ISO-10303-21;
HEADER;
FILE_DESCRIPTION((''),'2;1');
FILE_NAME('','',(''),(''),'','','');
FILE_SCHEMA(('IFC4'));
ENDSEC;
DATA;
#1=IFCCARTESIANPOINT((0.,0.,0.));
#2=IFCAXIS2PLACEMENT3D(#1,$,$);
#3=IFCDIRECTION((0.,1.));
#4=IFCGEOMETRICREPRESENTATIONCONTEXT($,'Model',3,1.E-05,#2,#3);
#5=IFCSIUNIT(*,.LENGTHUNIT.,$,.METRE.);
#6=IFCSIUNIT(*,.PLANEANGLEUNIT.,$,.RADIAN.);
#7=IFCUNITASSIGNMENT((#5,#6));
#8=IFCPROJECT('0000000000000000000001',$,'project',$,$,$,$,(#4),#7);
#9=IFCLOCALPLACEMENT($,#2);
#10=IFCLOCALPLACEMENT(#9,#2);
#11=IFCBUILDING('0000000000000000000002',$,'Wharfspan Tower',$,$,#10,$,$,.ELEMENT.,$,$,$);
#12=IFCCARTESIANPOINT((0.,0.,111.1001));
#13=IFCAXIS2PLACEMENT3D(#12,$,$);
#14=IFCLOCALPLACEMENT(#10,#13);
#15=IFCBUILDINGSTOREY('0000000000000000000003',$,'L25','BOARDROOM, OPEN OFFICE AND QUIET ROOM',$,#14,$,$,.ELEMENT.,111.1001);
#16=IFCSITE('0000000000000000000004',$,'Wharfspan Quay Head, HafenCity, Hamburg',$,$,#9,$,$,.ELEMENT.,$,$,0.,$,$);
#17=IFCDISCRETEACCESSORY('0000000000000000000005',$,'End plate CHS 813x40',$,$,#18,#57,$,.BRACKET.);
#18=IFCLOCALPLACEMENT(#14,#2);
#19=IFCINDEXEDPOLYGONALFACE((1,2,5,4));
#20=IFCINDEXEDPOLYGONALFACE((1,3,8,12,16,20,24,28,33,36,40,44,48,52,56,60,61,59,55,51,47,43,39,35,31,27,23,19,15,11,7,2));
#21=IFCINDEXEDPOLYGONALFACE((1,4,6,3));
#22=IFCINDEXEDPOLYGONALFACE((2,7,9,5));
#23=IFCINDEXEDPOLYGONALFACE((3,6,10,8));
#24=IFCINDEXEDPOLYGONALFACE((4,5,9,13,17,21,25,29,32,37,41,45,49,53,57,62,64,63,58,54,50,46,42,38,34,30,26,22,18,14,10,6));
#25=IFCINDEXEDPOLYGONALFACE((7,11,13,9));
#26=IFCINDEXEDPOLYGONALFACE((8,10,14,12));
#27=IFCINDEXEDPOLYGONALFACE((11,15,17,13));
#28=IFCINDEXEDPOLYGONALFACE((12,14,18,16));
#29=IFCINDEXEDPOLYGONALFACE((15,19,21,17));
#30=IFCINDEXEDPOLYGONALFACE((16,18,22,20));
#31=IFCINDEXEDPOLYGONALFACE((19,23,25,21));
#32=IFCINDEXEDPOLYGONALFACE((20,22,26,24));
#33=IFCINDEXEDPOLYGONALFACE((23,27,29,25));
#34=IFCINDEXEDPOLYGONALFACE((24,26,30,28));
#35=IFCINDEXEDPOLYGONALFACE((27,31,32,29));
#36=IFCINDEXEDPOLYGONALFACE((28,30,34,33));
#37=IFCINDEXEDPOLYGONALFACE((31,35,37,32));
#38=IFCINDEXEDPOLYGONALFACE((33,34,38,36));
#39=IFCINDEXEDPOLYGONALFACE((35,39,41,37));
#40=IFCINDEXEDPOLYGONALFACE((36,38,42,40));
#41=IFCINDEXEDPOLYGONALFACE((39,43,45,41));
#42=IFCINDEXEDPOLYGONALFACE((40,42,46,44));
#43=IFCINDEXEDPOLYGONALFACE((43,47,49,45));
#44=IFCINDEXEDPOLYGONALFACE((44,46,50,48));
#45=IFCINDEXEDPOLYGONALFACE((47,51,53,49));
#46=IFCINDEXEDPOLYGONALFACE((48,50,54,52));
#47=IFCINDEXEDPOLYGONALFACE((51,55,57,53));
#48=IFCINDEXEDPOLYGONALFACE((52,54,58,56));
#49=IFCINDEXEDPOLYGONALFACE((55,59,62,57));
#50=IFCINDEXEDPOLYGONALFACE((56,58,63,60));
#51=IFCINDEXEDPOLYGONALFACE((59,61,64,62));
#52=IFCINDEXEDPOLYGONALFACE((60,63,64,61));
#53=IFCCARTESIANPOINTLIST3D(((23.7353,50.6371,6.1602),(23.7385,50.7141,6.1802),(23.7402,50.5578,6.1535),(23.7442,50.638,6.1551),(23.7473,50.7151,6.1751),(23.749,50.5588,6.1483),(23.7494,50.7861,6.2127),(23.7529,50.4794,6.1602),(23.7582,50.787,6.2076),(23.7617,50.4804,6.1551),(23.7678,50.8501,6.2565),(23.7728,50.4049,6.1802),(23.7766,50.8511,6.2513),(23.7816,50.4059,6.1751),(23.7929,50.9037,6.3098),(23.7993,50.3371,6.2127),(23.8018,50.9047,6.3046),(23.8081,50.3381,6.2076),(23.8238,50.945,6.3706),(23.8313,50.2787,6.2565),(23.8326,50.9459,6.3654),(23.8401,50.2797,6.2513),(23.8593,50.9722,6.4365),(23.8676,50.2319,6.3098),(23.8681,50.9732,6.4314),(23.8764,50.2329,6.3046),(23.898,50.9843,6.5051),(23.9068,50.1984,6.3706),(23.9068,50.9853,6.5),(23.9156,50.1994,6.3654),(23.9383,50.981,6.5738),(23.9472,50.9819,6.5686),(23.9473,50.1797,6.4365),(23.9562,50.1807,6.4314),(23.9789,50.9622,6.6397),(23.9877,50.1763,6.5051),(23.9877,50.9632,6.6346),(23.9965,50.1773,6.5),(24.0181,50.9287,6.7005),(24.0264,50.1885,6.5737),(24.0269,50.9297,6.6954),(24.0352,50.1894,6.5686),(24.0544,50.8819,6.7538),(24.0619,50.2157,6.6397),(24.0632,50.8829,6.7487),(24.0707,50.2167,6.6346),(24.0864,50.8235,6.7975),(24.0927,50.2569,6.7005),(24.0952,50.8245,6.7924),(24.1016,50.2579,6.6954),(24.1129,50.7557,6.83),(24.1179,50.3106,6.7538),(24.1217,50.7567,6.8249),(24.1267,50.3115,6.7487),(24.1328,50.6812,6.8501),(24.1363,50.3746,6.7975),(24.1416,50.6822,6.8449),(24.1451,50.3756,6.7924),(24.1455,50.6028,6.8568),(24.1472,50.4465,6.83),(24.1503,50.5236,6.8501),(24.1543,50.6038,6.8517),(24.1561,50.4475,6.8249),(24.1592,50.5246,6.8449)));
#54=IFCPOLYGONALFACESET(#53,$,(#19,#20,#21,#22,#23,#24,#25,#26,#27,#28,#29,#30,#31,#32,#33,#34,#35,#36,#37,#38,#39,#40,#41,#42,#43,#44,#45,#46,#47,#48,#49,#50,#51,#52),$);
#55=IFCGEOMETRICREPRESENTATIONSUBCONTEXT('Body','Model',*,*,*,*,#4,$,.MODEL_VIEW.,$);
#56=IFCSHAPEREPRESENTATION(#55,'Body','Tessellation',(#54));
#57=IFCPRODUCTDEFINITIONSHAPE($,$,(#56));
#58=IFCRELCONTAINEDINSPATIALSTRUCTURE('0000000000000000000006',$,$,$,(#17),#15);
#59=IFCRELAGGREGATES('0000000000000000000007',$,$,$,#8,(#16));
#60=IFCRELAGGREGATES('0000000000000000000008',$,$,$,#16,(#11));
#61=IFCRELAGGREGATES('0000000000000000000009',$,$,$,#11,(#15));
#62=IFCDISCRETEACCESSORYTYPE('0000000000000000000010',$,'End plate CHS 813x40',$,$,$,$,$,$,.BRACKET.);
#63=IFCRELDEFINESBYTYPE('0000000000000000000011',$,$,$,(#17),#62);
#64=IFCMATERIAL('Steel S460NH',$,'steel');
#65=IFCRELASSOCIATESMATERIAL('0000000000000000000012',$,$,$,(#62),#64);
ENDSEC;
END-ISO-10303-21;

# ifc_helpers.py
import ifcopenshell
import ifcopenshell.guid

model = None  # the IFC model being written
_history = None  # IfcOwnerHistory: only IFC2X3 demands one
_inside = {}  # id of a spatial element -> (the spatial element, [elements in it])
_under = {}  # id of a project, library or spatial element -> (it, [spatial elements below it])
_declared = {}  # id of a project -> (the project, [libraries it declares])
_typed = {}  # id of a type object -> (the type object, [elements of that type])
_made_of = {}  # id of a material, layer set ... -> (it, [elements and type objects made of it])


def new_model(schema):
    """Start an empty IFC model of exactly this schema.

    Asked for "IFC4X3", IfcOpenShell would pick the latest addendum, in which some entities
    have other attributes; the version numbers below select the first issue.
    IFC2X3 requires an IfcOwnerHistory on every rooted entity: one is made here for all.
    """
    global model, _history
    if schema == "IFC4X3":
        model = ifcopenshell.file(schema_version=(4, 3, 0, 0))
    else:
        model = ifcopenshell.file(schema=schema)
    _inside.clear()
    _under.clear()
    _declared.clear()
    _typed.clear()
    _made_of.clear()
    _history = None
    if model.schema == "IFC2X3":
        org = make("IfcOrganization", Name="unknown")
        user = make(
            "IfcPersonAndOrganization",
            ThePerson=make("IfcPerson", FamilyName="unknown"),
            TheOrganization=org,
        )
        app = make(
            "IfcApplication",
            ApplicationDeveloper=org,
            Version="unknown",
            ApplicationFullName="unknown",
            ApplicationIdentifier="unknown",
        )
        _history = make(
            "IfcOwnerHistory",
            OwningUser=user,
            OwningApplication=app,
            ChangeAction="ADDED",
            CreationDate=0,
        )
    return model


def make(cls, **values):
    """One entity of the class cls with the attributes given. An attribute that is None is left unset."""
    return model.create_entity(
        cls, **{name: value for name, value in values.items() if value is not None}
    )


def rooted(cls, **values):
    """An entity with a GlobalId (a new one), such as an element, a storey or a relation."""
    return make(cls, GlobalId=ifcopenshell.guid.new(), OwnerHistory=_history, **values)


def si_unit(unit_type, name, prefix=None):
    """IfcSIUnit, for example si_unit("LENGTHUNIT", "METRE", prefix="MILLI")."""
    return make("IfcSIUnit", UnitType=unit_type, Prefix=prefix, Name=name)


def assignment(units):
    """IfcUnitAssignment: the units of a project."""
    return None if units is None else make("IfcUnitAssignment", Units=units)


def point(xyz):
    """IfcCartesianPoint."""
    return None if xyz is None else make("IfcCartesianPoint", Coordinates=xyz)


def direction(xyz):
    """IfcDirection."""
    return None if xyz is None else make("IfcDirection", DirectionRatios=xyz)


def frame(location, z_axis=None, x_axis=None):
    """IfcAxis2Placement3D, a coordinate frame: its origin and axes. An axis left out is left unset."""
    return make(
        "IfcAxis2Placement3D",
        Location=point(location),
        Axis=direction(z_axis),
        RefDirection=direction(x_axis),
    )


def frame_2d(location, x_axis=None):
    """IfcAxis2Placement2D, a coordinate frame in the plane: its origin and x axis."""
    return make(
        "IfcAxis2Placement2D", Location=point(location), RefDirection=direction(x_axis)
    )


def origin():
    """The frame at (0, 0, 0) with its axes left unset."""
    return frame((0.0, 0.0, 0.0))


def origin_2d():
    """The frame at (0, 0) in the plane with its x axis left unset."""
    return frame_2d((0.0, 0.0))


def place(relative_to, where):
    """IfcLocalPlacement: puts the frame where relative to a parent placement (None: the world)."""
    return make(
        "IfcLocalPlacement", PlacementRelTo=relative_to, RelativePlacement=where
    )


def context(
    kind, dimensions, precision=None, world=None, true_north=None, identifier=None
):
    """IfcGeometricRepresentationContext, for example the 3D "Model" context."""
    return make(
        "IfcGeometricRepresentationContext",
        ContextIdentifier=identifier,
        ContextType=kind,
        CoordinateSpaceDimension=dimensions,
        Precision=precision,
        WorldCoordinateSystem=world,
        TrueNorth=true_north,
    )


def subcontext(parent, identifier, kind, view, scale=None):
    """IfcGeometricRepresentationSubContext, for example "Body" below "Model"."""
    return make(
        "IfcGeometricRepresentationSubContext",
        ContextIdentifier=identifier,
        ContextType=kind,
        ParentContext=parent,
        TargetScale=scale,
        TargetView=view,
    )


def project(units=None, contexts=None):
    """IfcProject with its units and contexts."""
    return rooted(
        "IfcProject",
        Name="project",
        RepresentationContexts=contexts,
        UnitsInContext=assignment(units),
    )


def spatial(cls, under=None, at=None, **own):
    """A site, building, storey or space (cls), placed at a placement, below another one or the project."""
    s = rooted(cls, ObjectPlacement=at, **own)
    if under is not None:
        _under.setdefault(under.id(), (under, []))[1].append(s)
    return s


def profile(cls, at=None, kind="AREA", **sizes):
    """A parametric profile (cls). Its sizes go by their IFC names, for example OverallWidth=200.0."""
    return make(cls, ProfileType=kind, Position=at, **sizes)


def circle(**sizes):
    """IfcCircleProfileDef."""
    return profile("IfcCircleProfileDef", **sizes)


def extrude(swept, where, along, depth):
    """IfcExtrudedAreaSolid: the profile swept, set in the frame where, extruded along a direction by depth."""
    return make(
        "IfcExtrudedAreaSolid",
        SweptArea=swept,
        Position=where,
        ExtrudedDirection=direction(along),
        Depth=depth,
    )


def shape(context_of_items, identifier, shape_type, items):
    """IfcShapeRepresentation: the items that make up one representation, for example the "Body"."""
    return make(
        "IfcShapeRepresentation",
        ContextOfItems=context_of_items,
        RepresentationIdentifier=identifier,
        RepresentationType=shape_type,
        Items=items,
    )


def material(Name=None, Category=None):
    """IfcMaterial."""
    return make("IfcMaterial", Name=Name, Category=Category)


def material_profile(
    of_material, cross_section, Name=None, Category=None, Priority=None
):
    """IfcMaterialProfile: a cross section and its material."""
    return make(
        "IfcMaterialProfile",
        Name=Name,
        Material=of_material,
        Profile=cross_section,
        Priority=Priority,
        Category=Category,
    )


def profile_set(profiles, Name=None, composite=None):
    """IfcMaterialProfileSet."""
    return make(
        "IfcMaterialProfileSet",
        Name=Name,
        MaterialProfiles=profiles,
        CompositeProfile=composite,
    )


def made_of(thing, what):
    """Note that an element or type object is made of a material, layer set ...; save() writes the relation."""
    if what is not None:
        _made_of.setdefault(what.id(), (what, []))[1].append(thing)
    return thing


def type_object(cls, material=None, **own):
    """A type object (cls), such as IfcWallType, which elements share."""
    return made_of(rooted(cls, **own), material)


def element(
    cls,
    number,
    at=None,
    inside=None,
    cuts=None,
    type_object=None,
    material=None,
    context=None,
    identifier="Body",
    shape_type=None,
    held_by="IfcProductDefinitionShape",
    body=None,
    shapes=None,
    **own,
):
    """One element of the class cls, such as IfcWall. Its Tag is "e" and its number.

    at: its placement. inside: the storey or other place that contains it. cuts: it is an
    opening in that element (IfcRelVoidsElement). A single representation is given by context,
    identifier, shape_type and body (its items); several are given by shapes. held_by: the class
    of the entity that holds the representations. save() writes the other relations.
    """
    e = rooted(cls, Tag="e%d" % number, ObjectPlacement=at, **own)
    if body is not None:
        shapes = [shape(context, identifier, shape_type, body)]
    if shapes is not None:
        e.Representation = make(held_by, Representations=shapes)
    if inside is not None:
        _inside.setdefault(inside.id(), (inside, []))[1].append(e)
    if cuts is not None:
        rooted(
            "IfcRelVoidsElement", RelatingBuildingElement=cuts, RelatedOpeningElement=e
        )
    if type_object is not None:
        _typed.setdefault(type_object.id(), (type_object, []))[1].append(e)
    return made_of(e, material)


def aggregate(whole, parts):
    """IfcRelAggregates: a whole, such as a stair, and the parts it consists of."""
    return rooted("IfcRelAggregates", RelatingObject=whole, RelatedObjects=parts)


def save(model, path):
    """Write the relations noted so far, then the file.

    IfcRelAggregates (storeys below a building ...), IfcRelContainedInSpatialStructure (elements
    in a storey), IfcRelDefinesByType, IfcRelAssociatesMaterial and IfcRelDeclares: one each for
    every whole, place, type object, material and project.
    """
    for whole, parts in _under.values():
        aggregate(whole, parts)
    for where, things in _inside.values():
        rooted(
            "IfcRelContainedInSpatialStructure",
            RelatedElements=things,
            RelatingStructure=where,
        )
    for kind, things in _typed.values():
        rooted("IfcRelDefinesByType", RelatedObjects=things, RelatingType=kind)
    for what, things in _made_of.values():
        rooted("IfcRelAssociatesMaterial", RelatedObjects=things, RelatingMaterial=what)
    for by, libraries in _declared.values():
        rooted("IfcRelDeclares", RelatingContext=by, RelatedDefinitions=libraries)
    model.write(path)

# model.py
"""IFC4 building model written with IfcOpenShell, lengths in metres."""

from ifc_helpers import new_model, si_unit, direction, frame, origin, origin_2d, place, context, subcontext, project, spatial, circle, extrude, material, material_profile, profile_set, type_object, element, save


model = new_model("IFC4")

# Units and contexts
model_context = context("Model", 3, precision=1e-05, world=origin(), true_north=direction((0.0, 1.0)))
body_context = subcontext(model_context, "Body", "Model", "MODEL_VIEW")
ifc_project = project(units=[si_unit("LENGTHUNIT", "METRE"), si_unit("PLANEANGLEUNIT", "RADIAN")], contexts=[model_context])

# Site, building, storey
site_placement = place(None, origin())
site = spatial("IfcSite", under=ifc_project, at=site_placement, Name="Wharfspan Quay Head, HafenCity, Hamburg", CompositionType="ELEMENT", RefElevation=0.0)
building_placement = place(site_placement, origin())
building = spatial("IfcBuilding", under=site, at=building_placement, Name="Wharfspan Tower", CompositionType="ELEMENT")
storey_placement = place(building_placement, frame((0.0, 0.0, 111.1001)))
storey = spatial("IfcBuildingStorey", under=building, at=storey_placement, Name="L25", Description="BOARDROOM, OPEN OFFICE AND QUIET ROOM", CompositionType="ELEMENT", Elevation=111.1001)

# Shared definitions
ifc_material_1 = material(Name="Steel S460NH", Category="steel")

# Discrete accessory
ifc_material_profile_1 = material_profile(ifc_material_1, circle(Radius=0.4065, at=origin_2d()))
ifc_profile_set_1 = profile_set([ifc_material_profile_1], Name="Steel S460NH")
discrete_accessory_type = type_object("IfcDiscreteAccessoryType", Name="End plate CHS 813x40", PredefinedType="BRACKET", material=ifc_profile_set_1)
discrete_accessory_placement = place(storey_placement, frame((23.9517, 50.5813, 6.5), z_axis=(-0.859828, -0.095536, 0.501566), x_axis=(0.11043, -0.99388, -0.000001)))
element("IfcDiscreteAccessory", 1, at=discrete_accessory_placement, inside=storey, type_object=discrete_accessory_type, Name="End plate CHS 813x40", PredefinedType="BRACKET", context=body_context, shape_type="SweptSolid", body=[
    extrude(circle(Radius=0.4065, at=origin_2d()), origin(), (0.0, 0.0, 1.0), 0.0103),
])

save(model, "model.ifc")
